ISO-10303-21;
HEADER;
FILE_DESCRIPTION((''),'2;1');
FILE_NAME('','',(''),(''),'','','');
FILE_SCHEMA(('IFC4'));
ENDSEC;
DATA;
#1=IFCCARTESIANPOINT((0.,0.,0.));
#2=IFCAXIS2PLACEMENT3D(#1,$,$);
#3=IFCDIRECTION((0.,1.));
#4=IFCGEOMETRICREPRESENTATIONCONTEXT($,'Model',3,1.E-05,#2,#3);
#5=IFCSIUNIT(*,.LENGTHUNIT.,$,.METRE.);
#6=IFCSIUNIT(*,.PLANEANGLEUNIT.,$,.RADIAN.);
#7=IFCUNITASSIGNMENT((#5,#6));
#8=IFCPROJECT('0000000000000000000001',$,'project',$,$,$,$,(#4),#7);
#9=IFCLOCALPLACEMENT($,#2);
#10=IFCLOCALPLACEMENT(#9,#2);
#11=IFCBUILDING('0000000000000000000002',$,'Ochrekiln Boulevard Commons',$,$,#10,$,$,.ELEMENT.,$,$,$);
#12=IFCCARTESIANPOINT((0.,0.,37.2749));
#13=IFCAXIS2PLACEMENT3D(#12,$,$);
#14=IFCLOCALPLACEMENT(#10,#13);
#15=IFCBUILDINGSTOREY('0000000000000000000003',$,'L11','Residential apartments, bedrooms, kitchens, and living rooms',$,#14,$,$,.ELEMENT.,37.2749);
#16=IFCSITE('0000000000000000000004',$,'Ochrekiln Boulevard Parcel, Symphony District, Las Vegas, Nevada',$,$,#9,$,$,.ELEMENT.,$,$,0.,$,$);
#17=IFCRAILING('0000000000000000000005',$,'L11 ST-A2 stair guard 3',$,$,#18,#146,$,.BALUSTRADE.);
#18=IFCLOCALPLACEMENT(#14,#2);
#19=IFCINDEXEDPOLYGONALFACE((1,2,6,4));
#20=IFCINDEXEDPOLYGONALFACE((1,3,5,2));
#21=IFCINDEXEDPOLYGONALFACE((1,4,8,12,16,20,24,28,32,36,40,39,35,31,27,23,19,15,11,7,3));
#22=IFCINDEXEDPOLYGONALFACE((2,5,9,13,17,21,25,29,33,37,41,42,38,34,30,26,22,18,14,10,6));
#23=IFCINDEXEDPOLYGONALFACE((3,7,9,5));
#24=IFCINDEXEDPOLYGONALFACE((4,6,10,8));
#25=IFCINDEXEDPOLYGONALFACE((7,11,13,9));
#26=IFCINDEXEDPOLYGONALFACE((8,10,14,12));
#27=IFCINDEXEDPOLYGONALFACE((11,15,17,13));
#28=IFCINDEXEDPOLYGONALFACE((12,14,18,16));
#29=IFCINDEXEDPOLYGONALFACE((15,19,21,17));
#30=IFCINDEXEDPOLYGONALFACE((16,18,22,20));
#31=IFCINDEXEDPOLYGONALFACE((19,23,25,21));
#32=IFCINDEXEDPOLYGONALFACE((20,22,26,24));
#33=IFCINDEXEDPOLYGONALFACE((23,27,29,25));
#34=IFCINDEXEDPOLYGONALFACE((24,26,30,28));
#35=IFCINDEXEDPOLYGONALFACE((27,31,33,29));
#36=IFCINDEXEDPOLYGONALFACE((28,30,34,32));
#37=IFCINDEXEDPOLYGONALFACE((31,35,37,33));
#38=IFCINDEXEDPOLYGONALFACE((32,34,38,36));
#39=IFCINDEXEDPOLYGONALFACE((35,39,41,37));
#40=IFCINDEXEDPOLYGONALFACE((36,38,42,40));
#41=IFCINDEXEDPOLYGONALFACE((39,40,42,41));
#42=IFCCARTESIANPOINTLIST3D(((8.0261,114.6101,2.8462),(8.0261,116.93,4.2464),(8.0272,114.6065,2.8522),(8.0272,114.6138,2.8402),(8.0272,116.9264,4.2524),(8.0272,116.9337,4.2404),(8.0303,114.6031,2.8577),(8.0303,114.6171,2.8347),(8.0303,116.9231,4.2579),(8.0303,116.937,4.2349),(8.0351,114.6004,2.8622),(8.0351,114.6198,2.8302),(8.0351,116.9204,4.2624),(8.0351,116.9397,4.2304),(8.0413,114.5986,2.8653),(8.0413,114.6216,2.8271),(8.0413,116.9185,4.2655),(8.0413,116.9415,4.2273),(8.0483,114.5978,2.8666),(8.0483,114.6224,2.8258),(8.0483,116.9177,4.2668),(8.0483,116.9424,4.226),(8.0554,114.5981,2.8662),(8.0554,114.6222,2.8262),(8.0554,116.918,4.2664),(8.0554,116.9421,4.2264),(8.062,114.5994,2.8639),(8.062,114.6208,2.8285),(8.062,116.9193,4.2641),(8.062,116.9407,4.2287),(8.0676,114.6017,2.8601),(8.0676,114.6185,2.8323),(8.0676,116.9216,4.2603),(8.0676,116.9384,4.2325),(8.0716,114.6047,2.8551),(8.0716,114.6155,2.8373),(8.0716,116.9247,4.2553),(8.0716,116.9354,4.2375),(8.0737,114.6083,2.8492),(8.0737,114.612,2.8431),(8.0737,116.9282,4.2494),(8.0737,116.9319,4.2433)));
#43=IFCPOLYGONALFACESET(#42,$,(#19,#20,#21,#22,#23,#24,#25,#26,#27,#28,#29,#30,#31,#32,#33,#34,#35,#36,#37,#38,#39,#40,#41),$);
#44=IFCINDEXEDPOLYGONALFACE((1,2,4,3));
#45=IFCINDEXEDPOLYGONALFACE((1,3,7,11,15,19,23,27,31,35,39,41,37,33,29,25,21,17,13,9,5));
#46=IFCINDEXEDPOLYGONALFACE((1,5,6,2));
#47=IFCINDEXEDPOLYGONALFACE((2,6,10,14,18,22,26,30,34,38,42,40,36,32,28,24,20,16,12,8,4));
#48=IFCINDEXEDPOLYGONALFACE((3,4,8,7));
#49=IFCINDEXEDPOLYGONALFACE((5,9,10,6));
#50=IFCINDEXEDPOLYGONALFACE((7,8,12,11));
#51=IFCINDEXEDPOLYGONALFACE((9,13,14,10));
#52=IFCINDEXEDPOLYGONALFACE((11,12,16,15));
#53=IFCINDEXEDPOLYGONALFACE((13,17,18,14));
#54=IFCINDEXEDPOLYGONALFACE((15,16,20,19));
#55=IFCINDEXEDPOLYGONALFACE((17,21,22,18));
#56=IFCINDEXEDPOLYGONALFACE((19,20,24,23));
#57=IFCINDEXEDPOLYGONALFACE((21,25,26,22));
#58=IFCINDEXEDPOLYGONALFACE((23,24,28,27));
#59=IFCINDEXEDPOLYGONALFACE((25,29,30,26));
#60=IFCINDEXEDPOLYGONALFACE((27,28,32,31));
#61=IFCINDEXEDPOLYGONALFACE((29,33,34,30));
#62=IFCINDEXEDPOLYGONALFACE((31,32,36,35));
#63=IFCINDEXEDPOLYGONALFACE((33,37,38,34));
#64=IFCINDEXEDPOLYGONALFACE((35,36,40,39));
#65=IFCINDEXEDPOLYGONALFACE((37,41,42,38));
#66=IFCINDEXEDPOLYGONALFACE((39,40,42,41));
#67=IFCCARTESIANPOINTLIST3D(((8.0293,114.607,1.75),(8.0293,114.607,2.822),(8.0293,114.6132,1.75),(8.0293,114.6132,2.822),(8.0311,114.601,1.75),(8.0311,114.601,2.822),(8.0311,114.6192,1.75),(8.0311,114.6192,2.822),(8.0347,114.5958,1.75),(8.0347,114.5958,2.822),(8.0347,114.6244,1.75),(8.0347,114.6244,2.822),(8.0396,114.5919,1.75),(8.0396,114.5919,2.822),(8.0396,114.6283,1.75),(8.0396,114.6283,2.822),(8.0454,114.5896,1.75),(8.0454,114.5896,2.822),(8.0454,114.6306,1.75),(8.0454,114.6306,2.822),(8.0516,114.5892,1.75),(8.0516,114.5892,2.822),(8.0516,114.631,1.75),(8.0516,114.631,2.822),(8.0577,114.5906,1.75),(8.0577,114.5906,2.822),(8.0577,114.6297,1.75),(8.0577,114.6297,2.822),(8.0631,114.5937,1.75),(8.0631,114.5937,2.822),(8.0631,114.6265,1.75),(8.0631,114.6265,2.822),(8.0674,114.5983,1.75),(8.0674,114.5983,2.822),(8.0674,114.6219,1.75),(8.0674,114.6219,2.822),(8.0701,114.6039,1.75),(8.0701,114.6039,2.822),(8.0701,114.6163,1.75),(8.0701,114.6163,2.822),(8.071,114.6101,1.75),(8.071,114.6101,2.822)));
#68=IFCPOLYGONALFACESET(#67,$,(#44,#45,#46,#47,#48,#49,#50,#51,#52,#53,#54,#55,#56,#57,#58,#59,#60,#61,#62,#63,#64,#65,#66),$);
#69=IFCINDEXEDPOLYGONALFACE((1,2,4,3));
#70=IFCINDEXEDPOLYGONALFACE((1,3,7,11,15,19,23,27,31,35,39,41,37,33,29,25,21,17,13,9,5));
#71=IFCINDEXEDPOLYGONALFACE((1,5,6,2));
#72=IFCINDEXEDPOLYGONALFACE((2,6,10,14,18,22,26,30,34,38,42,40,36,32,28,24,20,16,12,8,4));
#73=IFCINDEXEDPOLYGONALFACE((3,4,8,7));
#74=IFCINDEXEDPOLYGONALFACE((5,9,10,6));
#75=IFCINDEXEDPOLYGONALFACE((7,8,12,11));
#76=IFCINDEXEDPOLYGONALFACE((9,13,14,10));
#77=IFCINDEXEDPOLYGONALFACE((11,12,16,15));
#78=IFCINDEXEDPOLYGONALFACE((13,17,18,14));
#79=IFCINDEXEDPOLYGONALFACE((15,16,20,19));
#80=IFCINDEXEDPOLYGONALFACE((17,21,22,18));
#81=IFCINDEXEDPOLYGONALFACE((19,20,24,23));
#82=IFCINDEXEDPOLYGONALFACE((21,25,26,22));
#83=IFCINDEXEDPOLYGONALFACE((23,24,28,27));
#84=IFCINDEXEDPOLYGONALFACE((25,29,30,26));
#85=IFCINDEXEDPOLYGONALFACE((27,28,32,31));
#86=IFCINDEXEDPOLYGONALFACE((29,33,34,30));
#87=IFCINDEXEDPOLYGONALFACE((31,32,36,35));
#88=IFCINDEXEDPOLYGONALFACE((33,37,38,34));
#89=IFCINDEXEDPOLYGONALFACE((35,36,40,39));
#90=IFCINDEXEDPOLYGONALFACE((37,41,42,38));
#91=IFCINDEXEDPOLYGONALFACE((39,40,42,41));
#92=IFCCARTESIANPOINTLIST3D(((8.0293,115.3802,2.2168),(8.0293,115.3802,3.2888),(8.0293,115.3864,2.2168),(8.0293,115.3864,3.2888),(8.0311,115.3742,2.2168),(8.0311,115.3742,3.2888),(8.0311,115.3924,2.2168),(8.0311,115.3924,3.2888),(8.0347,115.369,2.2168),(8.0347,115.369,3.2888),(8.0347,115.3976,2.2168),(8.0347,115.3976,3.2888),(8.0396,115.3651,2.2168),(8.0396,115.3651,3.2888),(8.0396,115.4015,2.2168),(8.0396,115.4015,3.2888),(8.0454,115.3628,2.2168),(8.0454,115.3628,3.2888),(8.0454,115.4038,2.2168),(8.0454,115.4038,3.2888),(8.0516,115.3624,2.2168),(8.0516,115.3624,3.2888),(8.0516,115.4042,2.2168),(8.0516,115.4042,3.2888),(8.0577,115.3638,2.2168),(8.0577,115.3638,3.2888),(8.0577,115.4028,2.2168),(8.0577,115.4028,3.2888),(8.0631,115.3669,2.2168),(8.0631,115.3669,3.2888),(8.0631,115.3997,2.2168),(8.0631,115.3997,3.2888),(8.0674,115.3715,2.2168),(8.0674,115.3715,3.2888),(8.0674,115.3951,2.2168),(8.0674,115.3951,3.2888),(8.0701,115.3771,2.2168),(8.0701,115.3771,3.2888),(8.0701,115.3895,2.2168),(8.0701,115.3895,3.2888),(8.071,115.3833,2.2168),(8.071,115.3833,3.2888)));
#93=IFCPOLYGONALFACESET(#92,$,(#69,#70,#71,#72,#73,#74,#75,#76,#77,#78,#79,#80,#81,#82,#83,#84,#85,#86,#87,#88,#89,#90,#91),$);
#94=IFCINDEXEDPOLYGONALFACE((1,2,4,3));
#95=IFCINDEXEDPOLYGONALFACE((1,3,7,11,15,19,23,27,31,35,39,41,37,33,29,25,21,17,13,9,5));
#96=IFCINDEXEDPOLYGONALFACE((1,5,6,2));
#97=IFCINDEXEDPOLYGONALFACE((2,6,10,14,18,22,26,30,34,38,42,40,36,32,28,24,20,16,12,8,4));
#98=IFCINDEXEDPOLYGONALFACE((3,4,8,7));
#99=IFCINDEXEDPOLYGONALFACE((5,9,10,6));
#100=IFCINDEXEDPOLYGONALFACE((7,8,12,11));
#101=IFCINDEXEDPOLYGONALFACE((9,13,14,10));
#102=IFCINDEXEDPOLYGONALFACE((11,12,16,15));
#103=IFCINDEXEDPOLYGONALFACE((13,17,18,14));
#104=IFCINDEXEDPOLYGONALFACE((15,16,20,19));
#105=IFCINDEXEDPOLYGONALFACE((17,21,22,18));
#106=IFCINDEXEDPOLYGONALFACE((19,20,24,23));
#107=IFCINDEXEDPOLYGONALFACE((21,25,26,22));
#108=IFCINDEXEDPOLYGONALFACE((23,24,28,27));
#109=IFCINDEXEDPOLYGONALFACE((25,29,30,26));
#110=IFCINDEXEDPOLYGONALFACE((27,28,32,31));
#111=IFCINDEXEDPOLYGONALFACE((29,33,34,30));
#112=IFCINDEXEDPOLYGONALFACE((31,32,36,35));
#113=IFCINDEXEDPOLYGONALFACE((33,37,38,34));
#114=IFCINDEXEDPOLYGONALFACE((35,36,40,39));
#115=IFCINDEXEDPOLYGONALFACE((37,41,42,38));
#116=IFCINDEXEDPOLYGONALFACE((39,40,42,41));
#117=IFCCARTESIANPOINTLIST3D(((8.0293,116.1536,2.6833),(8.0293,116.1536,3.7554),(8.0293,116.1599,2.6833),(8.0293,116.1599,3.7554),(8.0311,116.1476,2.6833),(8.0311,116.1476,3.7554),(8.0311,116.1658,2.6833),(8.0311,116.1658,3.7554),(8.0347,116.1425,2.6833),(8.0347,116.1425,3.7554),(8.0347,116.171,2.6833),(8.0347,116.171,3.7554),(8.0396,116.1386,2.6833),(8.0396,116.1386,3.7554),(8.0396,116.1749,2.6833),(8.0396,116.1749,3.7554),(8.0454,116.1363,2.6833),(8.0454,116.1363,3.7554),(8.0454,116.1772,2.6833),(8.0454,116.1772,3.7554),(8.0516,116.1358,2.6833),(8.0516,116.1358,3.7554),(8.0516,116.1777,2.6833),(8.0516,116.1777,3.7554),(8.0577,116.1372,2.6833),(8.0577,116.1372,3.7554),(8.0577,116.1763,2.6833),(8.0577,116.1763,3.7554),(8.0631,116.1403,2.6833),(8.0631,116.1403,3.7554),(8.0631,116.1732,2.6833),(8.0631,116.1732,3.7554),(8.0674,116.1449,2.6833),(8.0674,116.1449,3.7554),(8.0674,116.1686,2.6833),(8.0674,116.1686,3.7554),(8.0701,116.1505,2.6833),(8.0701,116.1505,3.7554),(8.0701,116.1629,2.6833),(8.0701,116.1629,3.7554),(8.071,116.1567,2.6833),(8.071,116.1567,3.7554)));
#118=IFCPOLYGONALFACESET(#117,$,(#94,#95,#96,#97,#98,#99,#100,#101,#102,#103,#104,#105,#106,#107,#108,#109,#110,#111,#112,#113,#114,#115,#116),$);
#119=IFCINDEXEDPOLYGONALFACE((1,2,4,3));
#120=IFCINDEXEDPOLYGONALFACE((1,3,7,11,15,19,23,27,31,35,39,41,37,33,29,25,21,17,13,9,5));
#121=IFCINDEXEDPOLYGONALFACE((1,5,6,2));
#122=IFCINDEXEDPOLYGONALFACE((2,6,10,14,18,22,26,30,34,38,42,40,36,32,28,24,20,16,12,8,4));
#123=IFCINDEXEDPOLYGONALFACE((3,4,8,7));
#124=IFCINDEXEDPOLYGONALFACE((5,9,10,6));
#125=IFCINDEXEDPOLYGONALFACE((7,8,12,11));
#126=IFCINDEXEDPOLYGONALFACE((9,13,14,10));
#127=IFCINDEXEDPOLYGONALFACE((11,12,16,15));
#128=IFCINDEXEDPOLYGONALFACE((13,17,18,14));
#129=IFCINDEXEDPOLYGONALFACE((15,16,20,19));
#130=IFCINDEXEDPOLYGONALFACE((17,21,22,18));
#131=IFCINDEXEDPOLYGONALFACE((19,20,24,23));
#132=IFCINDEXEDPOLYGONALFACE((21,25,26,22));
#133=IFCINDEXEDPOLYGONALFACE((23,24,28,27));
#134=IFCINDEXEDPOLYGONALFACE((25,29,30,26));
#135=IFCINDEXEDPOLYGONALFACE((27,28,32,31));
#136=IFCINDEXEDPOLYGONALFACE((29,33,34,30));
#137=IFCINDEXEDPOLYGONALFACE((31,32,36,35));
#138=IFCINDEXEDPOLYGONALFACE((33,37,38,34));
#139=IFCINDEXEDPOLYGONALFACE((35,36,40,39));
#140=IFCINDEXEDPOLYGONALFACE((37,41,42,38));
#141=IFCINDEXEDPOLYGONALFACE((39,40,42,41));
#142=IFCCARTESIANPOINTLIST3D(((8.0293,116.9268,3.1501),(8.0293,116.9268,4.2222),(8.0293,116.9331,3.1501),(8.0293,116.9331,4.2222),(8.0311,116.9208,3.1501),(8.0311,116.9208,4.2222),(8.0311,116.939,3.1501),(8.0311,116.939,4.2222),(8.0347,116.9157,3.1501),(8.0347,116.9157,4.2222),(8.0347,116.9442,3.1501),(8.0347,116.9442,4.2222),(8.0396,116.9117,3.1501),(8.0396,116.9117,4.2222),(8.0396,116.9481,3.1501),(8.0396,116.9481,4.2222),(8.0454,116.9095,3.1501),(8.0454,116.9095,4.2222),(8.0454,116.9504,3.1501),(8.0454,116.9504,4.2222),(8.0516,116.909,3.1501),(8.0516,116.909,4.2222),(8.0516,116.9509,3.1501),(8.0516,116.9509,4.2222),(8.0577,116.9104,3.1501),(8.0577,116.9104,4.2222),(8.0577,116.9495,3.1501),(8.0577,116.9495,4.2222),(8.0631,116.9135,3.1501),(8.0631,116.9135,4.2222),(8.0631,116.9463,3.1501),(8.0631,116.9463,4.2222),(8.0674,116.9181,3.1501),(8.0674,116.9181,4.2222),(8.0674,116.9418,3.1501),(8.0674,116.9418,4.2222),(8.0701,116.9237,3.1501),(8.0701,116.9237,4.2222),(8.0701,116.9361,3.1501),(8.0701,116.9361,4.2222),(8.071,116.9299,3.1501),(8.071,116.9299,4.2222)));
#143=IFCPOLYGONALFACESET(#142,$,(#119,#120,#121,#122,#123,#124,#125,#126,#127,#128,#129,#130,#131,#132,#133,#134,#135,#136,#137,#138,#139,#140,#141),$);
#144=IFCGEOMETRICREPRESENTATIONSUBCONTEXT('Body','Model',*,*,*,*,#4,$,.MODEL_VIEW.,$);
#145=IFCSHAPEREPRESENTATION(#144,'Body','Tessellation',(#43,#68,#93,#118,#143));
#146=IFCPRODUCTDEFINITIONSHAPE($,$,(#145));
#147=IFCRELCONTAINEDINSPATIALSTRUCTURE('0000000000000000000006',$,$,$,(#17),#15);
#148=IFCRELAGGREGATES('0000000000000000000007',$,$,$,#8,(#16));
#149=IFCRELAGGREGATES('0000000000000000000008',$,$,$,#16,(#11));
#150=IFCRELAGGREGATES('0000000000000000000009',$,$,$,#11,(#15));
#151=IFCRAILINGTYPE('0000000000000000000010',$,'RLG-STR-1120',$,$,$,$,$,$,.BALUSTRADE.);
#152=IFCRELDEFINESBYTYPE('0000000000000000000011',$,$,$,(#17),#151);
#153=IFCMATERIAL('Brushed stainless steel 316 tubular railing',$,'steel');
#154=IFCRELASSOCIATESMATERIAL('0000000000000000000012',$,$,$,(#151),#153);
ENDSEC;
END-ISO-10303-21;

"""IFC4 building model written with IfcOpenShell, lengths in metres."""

from ifc_helpers import new_model, si_unit, direction, frame, origin, origin_2d, place, context, subcontext, project, spatial, circle, extrude, material, type_object, element, save


model = new_model("IFC4")

# Units and contexts
model_context = context("Model", 3, precision=1e-05, world=origin(), true_north=direction((0.0, 1.0)))
body_context = subcontext(model_context, "Body", "Model", "MODEL_VIEW")
ifc_project = project(units=[si_unit("LENGTHUNIT", "METRE"), si_unit("PLANEANGLEUNIT", "RADIAN")], contexts=[model_context])

# Site, building, storey
site_placement = place(None, origin())
site = spatial("IfcSite", under=ifc_project, at=site_placement, Name="Ochrekiln Boulevard Parcel, Symphony District, Las Vegas, Nevada", CompositionType="ELEMENT", RefElevation=0.0)
building_placement = place(site_placement, origin())
building = spatial("IfcBuilding", under=site, at=building_placement, Name="Ochrekiln Boulevard Commons", CompositionType="ELEMENT")
storey_placement = place(building_placement, frame((0.0, 0.0, 37.2749)))
storey = spatial("IfcBuildingStorey", under=building, at=storey_placement, Name="L11", Description="Residential apartments, bedrooms, kitchens, and living rooms", CompositionType="ELEMENT", Elevation=37.2749)

# Railing
ifc_material_1 = material(Name="Brushed stainless steel 316 tubular railing", Category="steel")
railing_type_1 = type_object("IfcRailingType", Name="RLG-STR-1120", PredefinedType="BALUSTRADE", material=ifc_material_1)
railing_1_placement = place(storey_placement, frame((8.05, 114.6101, 1.75)))
element("IfcRailing", 1, at=railing_1_placement, inside=storey, type_object=railing_type_1, Name="L11 ST-A2 stair guard 3", PredefinedType="BALUSTRADE", context=body_context, shape_type="SweptSolid", body=[
    extrude(circle(Radius=0.0239, at=origin_2d()), frame((0.0, 0.0, 1.0962), z_axis=(0.0, 0.856146, 0.516733), x_axis=(-1.0, 0.0, 0.0)), (0.0, 0.0, 1.0), 2.7097),
    extrude(circle(Radius=0.021, at=origin_2d()), origin(), (0.0, 0.0, 1.0), 1.072),
    extrude(circle(Radius=0.021, at=origin_2d()), frame((0.0, 0.7732, 0.4668)), (0.0, 0.0, 1.0), 1.072),
    extrude(circle(Radius=0.021, at=origin_2d()), frame((0.0, 1.5466, 0.9333)), (0.0, 0.0, 1.0), 1.072),
    extrude(circle(Radius=0.021, at=origin_2d()), frame((0.0, 2.3198, 1.4001)), (0.0, 0.0, 1.0), 1.072),
])

save(model, "model.ifc")
